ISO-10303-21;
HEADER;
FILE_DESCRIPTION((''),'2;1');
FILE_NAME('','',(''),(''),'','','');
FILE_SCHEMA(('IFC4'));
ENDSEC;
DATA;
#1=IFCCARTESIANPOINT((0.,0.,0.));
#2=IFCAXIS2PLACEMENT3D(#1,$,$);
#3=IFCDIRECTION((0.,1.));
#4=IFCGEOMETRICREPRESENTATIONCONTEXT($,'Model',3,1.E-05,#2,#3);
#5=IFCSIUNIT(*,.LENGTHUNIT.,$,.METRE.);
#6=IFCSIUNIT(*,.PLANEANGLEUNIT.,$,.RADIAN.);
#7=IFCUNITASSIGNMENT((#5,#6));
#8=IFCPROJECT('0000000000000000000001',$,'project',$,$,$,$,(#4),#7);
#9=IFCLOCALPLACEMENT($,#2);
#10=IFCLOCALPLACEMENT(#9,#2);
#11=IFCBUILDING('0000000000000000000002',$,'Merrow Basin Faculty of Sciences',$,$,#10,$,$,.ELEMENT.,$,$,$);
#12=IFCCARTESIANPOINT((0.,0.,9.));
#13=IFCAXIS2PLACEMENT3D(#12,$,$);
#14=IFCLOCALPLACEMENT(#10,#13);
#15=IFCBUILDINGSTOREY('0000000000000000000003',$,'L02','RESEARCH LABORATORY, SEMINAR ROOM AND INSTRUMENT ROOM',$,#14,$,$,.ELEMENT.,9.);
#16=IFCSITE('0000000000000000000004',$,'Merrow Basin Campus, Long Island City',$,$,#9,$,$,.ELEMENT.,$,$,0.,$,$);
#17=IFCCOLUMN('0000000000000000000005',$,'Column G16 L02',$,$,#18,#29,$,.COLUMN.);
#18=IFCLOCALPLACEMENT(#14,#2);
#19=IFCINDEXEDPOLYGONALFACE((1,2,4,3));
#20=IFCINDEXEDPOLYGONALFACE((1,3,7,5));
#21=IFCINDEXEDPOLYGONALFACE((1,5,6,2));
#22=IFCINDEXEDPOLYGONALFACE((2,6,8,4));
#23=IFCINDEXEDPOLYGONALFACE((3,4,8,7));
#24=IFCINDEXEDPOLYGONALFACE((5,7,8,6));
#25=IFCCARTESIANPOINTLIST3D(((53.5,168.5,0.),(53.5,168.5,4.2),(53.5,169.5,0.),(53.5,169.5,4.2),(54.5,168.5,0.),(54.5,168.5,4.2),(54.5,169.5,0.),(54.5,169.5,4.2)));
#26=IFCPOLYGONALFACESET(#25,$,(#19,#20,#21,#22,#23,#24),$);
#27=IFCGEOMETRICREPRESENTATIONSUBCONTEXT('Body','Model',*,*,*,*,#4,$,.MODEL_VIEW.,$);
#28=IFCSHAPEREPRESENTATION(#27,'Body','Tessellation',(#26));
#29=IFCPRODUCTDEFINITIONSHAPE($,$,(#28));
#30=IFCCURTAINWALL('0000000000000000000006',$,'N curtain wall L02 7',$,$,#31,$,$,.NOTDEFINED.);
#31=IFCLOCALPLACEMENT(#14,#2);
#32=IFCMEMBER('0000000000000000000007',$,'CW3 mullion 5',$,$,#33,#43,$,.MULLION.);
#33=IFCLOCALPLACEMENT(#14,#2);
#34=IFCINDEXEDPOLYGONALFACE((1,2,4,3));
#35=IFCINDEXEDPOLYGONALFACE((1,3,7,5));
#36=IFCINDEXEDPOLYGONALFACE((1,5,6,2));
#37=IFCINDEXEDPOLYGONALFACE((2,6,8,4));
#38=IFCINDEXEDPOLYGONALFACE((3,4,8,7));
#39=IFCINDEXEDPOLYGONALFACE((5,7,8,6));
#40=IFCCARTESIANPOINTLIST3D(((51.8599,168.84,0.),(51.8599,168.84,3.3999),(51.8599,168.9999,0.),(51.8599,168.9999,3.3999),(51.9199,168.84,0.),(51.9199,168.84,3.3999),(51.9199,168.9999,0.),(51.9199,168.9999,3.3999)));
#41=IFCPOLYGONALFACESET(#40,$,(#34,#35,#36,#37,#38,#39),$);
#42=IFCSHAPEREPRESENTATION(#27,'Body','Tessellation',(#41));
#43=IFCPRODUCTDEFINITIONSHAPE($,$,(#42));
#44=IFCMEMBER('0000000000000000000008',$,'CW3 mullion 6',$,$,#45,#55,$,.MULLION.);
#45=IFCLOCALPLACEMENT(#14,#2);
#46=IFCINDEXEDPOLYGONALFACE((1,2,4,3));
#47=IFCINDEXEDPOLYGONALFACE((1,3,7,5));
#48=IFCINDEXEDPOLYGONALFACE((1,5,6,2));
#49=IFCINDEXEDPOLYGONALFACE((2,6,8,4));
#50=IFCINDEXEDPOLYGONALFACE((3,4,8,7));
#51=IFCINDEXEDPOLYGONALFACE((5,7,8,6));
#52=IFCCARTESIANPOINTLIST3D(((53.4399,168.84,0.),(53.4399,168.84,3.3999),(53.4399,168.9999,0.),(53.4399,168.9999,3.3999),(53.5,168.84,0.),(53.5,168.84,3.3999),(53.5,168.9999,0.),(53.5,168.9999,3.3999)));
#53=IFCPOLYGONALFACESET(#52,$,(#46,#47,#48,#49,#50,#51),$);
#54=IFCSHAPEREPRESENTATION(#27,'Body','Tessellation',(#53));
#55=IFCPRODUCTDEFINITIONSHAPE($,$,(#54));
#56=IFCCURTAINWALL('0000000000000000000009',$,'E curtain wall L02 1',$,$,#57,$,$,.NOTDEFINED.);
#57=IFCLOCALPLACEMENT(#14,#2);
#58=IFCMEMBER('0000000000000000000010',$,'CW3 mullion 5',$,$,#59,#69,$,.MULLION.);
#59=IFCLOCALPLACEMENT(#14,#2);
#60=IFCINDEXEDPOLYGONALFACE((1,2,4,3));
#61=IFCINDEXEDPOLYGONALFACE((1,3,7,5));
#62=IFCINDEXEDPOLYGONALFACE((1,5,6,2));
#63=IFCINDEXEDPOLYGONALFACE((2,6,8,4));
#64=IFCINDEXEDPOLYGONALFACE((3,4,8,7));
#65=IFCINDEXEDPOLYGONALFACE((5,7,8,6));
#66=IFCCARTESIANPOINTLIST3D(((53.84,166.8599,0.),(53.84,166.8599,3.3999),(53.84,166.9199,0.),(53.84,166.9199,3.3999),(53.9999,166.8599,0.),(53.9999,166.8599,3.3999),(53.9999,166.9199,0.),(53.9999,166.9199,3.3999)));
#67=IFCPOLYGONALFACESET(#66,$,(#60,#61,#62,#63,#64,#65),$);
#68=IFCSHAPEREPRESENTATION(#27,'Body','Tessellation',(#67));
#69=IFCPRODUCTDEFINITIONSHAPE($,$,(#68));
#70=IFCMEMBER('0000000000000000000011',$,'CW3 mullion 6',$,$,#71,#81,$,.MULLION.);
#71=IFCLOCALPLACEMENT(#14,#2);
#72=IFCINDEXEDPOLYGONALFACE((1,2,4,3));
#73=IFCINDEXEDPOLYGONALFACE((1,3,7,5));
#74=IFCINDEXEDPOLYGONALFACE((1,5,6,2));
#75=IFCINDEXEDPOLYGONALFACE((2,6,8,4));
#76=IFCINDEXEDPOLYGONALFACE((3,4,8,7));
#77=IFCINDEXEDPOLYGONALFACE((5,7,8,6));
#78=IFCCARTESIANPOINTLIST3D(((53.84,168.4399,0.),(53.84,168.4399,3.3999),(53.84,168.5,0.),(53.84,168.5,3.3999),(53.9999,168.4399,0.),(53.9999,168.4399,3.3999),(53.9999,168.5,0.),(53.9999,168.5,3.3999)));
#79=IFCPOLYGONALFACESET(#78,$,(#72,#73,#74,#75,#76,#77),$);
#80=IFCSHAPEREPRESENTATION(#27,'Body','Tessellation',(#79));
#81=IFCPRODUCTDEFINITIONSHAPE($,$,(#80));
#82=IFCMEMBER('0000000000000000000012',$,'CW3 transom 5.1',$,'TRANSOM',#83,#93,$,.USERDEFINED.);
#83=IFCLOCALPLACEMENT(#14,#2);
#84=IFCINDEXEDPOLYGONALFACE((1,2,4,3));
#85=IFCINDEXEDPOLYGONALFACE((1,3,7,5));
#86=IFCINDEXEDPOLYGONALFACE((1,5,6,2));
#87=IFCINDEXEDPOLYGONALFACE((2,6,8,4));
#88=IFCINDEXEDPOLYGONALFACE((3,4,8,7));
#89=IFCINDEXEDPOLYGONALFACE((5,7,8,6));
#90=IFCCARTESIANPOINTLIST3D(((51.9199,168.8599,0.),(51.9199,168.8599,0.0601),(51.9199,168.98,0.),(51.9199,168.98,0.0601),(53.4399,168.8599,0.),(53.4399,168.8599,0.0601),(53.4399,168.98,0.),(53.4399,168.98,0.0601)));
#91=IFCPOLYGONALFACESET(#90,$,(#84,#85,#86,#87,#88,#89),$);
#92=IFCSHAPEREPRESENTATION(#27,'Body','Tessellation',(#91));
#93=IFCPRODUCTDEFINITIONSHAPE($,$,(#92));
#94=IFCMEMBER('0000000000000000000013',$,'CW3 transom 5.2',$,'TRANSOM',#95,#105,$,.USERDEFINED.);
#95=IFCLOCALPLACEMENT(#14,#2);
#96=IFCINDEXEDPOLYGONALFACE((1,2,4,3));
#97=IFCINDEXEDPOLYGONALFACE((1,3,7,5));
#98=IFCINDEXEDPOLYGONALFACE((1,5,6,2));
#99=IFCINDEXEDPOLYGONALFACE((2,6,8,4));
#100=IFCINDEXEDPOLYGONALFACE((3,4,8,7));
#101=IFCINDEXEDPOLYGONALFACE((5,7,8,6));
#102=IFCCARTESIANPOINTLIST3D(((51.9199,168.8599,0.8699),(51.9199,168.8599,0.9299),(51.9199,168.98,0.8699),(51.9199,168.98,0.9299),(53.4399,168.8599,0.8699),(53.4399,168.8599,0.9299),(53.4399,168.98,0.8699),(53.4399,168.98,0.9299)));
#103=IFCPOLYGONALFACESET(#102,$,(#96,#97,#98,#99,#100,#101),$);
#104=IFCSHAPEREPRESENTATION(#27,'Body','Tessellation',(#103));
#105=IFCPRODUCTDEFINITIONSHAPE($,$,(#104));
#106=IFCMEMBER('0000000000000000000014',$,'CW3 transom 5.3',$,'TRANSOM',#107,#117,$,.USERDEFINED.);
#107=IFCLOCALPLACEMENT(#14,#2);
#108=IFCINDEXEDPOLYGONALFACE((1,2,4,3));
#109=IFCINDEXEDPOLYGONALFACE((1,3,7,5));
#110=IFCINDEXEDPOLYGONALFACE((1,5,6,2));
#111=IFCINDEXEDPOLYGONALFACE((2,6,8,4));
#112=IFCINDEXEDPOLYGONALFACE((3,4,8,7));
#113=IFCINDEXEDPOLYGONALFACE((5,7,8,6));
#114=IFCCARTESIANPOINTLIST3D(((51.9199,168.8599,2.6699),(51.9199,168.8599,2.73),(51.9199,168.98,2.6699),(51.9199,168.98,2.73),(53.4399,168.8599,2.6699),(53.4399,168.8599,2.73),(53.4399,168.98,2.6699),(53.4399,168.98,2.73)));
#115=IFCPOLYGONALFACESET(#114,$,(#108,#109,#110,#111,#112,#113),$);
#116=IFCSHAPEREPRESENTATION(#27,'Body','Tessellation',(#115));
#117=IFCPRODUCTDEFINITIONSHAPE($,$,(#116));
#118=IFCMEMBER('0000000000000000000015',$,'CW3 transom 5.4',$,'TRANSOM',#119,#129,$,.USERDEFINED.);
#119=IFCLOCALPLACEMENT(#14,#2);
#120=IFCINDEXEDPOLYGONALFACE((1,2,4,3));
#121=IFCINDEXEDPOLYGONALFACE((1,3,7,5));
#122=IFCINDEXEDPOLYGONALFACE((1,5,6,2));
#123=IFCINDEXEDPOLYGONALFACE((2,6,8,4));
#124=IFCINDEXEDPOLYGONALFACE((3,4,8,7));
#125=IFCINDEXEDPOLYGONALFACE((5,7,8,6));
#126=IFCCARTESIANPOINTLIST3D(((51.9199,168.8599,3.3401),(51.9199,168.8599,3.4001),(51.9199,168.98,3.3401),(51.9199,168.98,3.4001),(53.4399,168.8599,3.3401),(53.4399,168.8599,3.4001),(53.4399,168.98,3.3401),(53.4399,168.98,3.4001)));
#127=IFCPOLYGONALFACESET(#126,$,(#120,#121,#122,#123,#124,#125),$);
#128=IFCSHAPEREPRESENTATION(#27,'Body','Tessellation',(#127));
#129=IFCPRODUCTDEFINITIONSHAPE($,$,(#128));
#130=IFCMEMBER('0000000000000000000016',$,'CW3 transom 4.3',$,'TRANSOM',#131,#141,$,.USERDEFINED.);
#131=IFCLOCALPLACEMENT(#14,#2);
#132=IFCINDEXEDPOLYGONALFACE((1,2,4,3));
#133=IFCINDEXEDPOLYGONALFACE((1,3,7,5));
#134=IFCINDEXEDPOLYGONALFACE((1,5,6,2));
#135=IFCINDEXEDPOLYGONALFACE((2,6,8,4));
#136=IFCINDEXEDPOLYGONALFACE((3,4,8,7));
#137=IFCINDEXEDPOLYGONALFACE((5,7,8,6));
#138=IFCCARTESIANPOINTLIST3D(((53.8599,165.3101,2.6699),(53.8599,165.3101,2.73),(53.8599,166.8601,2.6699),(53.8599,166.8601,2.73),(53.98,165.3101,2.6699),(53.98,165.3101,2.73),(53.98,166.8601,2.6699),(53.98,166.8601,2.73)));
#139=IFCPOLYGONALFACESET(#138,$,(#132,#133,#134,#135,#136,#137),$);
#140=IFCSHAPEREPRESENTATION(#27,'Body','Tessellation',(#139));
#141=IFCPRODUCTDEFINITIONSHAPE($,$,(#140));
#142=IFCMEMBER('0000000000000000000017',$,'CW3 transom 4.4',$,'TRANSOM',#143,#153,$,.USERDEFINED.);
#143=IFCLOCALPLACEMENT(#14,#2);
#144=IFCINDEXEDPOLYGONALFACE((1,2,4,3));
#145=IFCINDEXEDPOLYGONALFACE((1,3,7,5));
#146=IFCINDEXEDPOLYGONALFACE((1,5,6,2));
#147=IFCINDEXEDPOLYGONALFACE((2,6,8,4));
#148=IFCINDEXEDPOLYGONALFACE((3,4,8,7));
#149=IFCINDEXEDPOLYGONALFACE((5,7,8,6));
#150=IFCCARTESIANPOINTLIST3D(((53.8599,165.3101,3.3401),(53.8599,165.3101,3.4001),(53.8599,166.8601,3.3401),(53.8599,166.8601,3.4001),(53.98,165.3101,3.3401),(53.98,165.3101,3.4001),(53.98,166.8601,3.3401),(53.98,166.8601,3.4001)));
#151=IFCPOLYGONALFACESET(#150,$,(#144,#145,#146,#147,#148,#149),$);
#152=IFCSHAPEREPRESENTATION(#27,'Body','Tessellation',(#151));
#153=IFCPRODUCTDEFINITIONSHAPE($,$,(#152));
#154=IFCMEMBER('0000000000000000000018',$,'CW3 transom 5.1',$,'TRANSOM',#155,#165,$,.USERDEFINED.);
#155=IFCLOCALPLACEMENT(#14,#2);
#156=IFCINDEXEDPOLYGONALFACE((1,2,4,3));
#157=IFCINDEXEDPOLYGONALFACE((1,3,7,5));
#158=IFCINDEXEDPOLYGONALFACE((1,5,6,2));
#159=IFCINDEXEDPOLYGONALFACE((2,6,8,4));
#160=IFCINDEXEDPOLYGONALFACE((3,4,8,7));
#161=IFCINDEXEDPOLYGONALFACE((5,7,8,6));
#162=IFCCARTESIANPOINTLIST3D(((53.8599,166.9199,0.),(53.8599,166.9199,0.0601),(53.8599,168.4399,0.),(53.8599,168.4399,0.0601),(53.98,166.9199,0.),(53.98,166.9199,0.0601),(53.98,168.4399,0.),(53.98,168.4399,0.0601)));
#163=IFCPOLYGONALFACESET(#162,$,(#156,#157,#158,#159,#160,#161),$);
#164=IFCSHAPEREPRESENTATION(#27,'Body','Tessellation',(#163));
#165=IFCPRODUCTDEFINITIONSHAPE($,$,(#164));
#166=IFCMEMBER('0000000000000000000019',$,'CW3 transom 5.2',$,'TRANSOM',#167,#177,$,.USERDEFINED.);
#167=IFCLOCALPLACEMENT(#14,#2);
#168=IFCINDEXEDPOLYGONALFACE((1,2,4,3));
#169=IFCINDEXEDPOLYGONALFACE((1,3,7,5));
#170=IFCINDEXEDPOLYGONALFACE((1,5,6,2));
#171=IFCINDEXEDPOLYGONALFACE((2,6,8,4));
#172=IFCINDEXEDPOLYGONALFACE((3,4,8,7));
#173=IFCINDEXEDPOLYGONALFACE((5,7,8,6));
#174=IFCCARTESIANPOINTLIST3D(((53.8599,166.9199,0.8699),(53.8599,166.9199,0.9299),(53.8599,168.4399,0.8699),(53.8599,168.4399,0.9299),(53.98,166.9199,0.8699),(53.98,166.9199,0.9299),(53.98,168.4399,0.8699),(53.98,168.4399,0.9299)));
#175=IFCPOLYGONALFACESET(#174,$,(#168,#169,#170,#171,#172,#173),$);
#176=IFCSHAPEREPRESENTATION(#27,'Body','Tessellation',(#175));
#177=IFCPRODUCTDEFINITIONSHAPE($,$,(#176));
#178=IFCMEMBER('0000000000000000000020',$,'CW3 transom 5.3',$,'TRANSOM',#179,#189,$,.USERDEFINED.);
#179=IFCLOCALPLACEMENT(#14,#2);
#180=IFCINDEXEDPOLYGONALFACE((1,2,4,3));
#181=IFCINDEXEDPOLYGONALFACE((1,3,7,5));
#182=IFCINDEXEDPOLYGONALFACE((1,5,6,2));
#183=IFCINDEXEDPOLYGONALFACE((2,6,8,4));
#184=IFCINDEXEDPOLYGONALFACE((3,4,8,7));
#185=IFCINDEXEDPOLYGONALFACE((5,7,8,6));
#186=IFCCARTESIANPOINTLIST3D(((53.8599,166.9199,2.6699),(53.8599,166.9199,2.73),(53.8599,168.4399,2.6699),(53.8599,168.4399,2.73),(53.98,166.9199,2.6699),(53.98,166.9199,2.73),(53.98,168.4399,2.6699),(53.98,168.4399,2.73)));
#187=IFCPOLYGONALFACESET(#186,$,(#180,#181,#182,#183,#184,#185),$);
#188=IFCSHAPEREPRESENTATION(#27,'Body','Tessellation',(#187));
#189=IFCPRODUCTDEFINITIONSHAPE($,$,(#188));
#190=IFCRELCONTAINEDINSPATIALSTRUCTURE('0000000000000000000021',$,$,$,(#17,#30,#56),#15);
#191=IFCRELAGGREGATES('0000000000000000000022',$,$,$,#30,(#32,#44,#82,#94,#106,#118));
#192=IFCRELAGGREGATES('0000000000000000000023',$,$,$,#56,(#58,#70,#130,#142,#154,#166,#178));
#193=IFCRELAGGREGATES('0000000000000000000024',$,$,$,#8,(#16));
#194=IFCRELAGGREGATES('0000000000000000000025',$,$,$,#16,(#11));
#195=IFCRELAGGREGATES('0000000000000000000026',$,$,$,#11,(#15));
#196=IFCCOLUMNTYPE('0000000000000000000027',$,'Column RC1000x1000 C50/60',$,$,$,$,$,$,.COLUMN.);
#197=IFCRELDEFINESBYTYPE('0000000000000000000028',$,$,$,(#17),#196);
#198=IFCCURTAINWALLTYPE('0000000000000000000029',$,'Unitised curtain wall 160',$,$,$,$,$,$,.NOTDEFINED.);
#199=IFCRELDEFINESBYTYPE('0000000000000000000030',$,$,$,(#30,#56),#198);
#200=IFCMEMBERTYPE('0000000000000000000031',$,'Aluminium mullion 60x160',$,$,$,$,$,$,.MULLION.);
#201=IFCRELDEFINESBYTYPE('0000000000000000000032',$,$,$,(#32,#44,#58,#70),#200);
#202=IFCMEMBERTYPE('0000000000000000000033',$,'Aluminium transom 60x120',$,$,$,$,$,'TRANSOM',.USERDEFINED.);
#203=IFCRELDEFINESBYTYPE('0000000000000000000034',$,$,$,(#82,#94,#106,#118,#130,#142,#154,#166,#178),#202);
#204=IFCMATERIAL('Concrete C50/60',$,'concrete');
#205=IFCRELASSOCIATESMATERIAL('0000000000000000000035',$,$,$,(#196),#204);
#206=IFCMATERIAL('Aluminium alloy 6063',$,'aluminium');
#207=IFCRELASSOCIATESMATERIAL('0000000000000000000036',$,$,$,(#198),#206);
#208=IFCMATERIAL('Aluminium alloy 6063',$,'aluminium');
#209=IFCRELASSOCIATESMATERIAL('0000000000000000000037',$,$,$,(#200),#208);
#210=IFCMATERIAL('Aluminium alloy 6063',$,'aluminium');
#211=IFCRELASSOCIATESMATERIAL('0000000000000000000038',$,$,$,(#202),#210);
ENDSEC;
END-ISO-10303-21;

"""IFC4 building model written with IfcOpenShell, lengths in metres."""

from ifc_helpers import new_model, si_unit, direction, frame, origin, origin_2d, place, context, subcontext, project, spatial, rectangle, extrude, material, material_profile, profile_set, type_object, element, aggregate, save


model = new_model("IFC4")

# Units and contexts
model_context = context("Model", 3, precision=1e-05, world=origin(), true_north=direction((0.0, 1.0)))
body_context = subcontext(model_context, "Body", "Model", "MODEL_VIEW")
ifc_project = project(units=[si_unit("LENGTHUNIT", "METRE"), si_unit("PLANEANGLEUNIT", "RADIAN")], contexts=[model_context])

# Site, building, storey
site_placement = place(None, origin())
site = spatial("IfcSite", under=ifc_project, at=site_placement, Name="Merrow Basin Campus, Long Island City", CompositionType="ELEMENT", RefElevation=0.0)
building_placement = place(site_placement, origin())
building = spatial("IfcBuilding", under=site, at=building_placement, Name="Merrow Basin Faculty of Sciences", CompositionType="ELEMENT")
storey_placement = place(building_placement, frame((0.0, 0.0, 9.0)))
storey = spatial("IfcBuildingStorey", under=building, at=storey_placement, Name="L02", Description="RESEARCH LABORATORY, SEMINAR ROOM AND INSTRUMENT ROOM", CompositionType="ELEMENT", Elevation=9.0)

# Column
ifc_material_1 = material(Name="Concrete C50/60", Category="concrete")
ifc_material_profile_1 = material_profile(ifc_material_1, rectangle(XDim=1.0, YDim=1.0, at=origin_2d()))
ifc_profile_set_1 = profile_set([ifc_material_profile_1], Name="Concrete C50/60")
column_type = type_object("IfcColumnType", Name="Column RC1000x1000 C50/60", PredefinedType="COLUMN", material=ifc_profile_set_1)
column_placement = place(storey_placement, frame((54.0, 169.0, 0.0), z_axis=(0.0, 0.0, 1.0), x_axis=(1.0, 0.0, 0.0)))
element("IfcColumn", 1, at=column_placement, inside=storey, type_object=column_type, Name="Column G16 L02", PredefinedType="COLUMN", context=body_context, shape_type="SweptSolid", body=[
    extrude(rectangle(XDim=1.0, YDim=1.0, at=origin_2d()), origin(), (0.0, 0.0, 1.0), 4.2),
])

# Curtain walls, members
ifc_material_2 = material(Name="Aluminium alloy 6063", Category="aluminium")
curtain_wall_type = type_object("IfcCurtainWallType", Name="Unitised curtain wall 160", PredefinedType="NOTDEFINED", material=ifc_material_2)
curtain_wall_1_placement = place(storey_placement, origin())
curtain_wall_1 = element("IfcCurtainWall", 2, at=curtain_wall_1_placement, inside=storey, type_object=curtain_wall_type, Name="N curtain wall L02 7", PredefinedType="NOTDEFINED")
ifc_material_3 = material(Name="Aluminium alloy 6063", Category="aluminium")
ifc_material_profile_2 = material_profile(ifc_material_3, rectangle(XDim=0.1599, YDim=0.0601, at=origin_2d()))
ifc_profile_set_2 = profile_set([ifc_material_profile_2], Name="Aluminium alloy 6063")
member_type_1 = type_object("IfcMemberType", Name="Aluminium mullion 60x160", PredefinedType="MULLION", material=ifc_profile_set_2)
member_1_placement = place(storey_placement, frame((51.8899, 168.9199, 0.0), z_axis=(0.0, 0.0, 1.0), x_axis=(0.0, 1.0, 0.0)))
member_1 = element("IfcMember", 3, at=member_1_placement, type_object=member_type_1, Name="CW3 mullion 5", PredefinedType="MULLION", context=body_context, shape_type="SweptSolid", body=[
    extrude(rectangle(XDim=0.1599, YDim=0.0601, at=origin_2d()), origin(), (0.0, 0.0, 1.0), 3.3999),
])
member_2_placement = place(storey_placement, frame((53.47, 168.9199, 0.0), z_axis=(0.0, 0.0, 1.0), x_axis=(0.0, 1.0, 0.0)))
member_2 = element("IfcMember", 4, at=member_2_placement, type_object=member_type_1, Name="CW3 mullion 6", PredefinedType="MULLION", context=body_context, shape_type="SweptSolid", body=[
    extrude(rectangle(XDim=0.1599, YDim=0.0601, at=origin_2d()), origin(), (0.0, 0.0, 1.0), 3.3999),
])
curtain_wall_2_placement = place(storey_placement, origin())
curtain_wall_2 = element("IfcCurtainWall", 5, at=curtain_wall_2_placement, inside=storey, type_object=curtain_wall_type, Name="E curtain wall L02 1", PredefinedType="NOTDEFINED")
member_3_placement = place(storey_placement, frame((53.9199, 166.8899, 0.0), z_axis=(0.0, 0.0, 1.0), x_axis=(-1.0, 0.0, 0.0)))
member_3 = element("IfcMember", 6, at=member_3_placement, type_object=member_type_1, Name="CW3 mullion 5", PredefinedType="MULLION", context=body_context, shape_type="SweptSolid", body=[
    extrude(rectangle(XDim=0.1599, YDim=0.0601, at=origin_2d()), origin(), (0.0, 0.0, 1.0), 3.3999),
])
member_4_placement = place(storey_placement, frame((53.9199, 168.47, 0.0), z_axis=(0.0, 0.0, 1.0), x_axis=(-1.0, 0.0, 0.0)))
member_4 = element("IfcMember", 7, at=member_4_placement, type_object=member_type_1, Name="CW3 mullion 6", PredefinedType="MULLION", context=body_context, shape_type="SweptSolid", body=[
    extrude(rectangle(XDim=0.1599, YDim=0.0601, at=origin_2d()), origin(), (0.0, 0.0, 1.0), 3.3999),
])

# Members
ifc_material_4 = material(Name="Aluminium alloy 6063", Category="aluminium")
ifc_material_profile_3 = material_profile(ifc_material_4, rectangle(XDim=0.1201, YDim=0.0601, at=origin_2d()))
ifc_profile_set_3 = profile_set([ifc_material_profile_3], Name="Aluminium alloy 6063")
member_type_2 = type_object("IfcMemberType", Name="Aluminium transom 60x120", ElementType="TRANSOM", PredefinedType="USERDEFINED", material=ifc_profile_set_3)
member_5_placement = place(storey_placement, frame((51.9199, 168.9199, 0.03), z_axis=(1.0, 0.0, 0.0), x_axis=(0.0, 1.0, 0.0)))
member_5 = element("IfcMember", 8, at=member_5_placement, type_object=member_type_2, Name="CW3 transom 5.1", ObjectType="TRANSOM", PredefinedType="USERDEFINED", context=body_context, shape_type="SweptSolid", body=[
    extrude(rectangle(XDim=0.1201, YDim=0.0601, at=origin_2d()), origin(), (0.0, 0.0, 1.0), 1.52),
])
member_6_placement = place(storey_placement, frame((51.9199, 168.9199, 0.8999), z_axis=(1.0, 0.0, 0.0), x_axis=(0.0, 1.0, 0.0)))
member_6 = element("IfcMember", 9, at=member_6_placement, type_object=member_type_2, Name="CW3 transom 5.2", ObjectType="TRANSOM", PredefinedType="USERDEFINED", context=body_context, shape_type="SweptSolid", body=[
    extrude(rectangle(XDim=0.1201, YDim=0.0601, at=origin_2d()), origin(), (0.0, 0.0, 1.0), 1.52),
])
member_7_placement = place(storey_placement, frame((51.9199, 168.9199, 2.7), z_axis=(1.0, 0.0, 0.0), x_axis=(0.0, 1.0, 0.0)))
member_7 = element("IfcMember", 10, at=member_7_placement, type_object=member_type_2, Name="CW3 transom 5.3", ObjectType="TRANSOM", PredefinedType="USERDEFINED", context=body_context, shape_type="SweptSolid", body=[
    extrude(rectangle(XDim=0.1201, YDim=0.0601, at=origin_2d()), origin(), (0.0, 0.0, 1.0), 1.52),
])
member_8_placement = place(storey_placement, frame((51.9199, 168.9199, 3.3701), z_axis=(1.0, 0.0, 0.0), x_axis=(0.0, 1.0, 0.0)))
member_8 = element("IfcMember", 11, at=member_8_placement, type_object=member_type_2, Name="CW3 transom 5.4", ObjectType="TRANSOM", PredefinedType="USERDEFINED", context=body_context, shape_type="SweptSolid", body=[
    extrude(rectangle(XDim=0.1201, YDim=0.0601, at=origin_2d()), origin(), (0.0, 0.0, 1.0), 1.52),
])
member_9_placement = place(storey_placement, frame((53.9199, 165.3101, 2.7), z_axis=(0.0, 1.0, 0.0), x_axis=(-1.0, 0.0, 0.0)))
member_9 = element("IfcMember", 12, at=member_9_placement, type_object=member_type_2, Name="CW3 transom 4.3", ObjectType="TRANSOM", PredefinedType="USERDEFINED", context=body_context, shape_type="SweptSolid", body=[
    extrude(rectangle(XDim=0.1201, YDim=0.0601, at=origin_2d()), origin(), (0.0, 0.0, 1.0), 1.55),
])
member_10_placement = place(storey_placement, frame((53.9199, 165.3101, 3.3701), z_axis=(0.0, 1.0, 0.0), x_axis=(-1.0, 0.0, 0.0)))
member_10 = element("IfcMember", 13, at=member_10_placement, type_object=member_type_2, Name="CW3 transom 4.4", ObjectType="TRANSOM", PredefinedType="USERDEFINED", context=body_context, shape_type="SweptSolid", body=[
    extrude(rectangle(XDim=0.1201, YDim=0.0601, at=origin_2d()), origin(), (0.0, 0.0, 1.0), 1.55),
])
member_11_placement = place(storey_placement, frame((53.9199, 166.9199, 0.03), z_axis=(0.0, 1.0, 0.0), x_axis=(-1.0, 0.0, 0.0)))
member_11 = element("IfcMember", 14, at=member_11_placement, type_object=member_type_2, Name="CW3 transom 5.1", ObjectType="TRANSOM", PredefinedType="USERDEFINED", context=body_context, shape_type="SweptSolid", body=[
    extrude(rectangle(XDim=0.1201, YDim=0.0601, at=origin_2d()), origin(), (0.0, 0.0, 1.0), 1.52),
])
member_12_placement = place(storey_placement, frame((53.9199, 166.9199, 0.8999), z_axis=(0.0, 1.0, 0.0), x_axis=(-1.0, 0.0, 0.0)))
member_12 = element("IfcMember", 15, at=member_12_placement, type_object=member_type_2, Name="CW3 transom 5.2", ObjectType="TRANSOM", PredefinedType="USERDEFINED", context=body_context, shape_type="SweptSolid", body=[
    extrude(rectangle(XDim=0.1201, YDim=0.0601, at=origin_2d()), origin(), (0.0, 0.0, 1.0), 1.52),
])
member_13_placement = place(storey_placement, frame((53.9199, 166.9199, 2.7), z_axis=(0.0, 1.0, 0.0), x_axis=(-1.0, 0.0, 0.0)))
member_13 = element("IfcMember", 16, at=member_13_placement, type_object=member_type_2, Name="CW3 transom 5.3", ObjectType="TRANSOM", PredefinedType="USERDEFINED", context=body_context, shape_type="SweptSolid", body=[
    extrude(rectangle(XDim=0.1201, YDim=0.0601, at=origin_2d()), origin(), (0.0, 0.0, 1.0), 1.52),
])

aggregate(curtain_wall_1, [member_1, member_2, member_5, member_6, member_7, member_8])
aggregate(curtain_wall_2, [member_3, member_4, member_9, member_10, member_11, member_12, member_13])

save(model, "model.ifc")
